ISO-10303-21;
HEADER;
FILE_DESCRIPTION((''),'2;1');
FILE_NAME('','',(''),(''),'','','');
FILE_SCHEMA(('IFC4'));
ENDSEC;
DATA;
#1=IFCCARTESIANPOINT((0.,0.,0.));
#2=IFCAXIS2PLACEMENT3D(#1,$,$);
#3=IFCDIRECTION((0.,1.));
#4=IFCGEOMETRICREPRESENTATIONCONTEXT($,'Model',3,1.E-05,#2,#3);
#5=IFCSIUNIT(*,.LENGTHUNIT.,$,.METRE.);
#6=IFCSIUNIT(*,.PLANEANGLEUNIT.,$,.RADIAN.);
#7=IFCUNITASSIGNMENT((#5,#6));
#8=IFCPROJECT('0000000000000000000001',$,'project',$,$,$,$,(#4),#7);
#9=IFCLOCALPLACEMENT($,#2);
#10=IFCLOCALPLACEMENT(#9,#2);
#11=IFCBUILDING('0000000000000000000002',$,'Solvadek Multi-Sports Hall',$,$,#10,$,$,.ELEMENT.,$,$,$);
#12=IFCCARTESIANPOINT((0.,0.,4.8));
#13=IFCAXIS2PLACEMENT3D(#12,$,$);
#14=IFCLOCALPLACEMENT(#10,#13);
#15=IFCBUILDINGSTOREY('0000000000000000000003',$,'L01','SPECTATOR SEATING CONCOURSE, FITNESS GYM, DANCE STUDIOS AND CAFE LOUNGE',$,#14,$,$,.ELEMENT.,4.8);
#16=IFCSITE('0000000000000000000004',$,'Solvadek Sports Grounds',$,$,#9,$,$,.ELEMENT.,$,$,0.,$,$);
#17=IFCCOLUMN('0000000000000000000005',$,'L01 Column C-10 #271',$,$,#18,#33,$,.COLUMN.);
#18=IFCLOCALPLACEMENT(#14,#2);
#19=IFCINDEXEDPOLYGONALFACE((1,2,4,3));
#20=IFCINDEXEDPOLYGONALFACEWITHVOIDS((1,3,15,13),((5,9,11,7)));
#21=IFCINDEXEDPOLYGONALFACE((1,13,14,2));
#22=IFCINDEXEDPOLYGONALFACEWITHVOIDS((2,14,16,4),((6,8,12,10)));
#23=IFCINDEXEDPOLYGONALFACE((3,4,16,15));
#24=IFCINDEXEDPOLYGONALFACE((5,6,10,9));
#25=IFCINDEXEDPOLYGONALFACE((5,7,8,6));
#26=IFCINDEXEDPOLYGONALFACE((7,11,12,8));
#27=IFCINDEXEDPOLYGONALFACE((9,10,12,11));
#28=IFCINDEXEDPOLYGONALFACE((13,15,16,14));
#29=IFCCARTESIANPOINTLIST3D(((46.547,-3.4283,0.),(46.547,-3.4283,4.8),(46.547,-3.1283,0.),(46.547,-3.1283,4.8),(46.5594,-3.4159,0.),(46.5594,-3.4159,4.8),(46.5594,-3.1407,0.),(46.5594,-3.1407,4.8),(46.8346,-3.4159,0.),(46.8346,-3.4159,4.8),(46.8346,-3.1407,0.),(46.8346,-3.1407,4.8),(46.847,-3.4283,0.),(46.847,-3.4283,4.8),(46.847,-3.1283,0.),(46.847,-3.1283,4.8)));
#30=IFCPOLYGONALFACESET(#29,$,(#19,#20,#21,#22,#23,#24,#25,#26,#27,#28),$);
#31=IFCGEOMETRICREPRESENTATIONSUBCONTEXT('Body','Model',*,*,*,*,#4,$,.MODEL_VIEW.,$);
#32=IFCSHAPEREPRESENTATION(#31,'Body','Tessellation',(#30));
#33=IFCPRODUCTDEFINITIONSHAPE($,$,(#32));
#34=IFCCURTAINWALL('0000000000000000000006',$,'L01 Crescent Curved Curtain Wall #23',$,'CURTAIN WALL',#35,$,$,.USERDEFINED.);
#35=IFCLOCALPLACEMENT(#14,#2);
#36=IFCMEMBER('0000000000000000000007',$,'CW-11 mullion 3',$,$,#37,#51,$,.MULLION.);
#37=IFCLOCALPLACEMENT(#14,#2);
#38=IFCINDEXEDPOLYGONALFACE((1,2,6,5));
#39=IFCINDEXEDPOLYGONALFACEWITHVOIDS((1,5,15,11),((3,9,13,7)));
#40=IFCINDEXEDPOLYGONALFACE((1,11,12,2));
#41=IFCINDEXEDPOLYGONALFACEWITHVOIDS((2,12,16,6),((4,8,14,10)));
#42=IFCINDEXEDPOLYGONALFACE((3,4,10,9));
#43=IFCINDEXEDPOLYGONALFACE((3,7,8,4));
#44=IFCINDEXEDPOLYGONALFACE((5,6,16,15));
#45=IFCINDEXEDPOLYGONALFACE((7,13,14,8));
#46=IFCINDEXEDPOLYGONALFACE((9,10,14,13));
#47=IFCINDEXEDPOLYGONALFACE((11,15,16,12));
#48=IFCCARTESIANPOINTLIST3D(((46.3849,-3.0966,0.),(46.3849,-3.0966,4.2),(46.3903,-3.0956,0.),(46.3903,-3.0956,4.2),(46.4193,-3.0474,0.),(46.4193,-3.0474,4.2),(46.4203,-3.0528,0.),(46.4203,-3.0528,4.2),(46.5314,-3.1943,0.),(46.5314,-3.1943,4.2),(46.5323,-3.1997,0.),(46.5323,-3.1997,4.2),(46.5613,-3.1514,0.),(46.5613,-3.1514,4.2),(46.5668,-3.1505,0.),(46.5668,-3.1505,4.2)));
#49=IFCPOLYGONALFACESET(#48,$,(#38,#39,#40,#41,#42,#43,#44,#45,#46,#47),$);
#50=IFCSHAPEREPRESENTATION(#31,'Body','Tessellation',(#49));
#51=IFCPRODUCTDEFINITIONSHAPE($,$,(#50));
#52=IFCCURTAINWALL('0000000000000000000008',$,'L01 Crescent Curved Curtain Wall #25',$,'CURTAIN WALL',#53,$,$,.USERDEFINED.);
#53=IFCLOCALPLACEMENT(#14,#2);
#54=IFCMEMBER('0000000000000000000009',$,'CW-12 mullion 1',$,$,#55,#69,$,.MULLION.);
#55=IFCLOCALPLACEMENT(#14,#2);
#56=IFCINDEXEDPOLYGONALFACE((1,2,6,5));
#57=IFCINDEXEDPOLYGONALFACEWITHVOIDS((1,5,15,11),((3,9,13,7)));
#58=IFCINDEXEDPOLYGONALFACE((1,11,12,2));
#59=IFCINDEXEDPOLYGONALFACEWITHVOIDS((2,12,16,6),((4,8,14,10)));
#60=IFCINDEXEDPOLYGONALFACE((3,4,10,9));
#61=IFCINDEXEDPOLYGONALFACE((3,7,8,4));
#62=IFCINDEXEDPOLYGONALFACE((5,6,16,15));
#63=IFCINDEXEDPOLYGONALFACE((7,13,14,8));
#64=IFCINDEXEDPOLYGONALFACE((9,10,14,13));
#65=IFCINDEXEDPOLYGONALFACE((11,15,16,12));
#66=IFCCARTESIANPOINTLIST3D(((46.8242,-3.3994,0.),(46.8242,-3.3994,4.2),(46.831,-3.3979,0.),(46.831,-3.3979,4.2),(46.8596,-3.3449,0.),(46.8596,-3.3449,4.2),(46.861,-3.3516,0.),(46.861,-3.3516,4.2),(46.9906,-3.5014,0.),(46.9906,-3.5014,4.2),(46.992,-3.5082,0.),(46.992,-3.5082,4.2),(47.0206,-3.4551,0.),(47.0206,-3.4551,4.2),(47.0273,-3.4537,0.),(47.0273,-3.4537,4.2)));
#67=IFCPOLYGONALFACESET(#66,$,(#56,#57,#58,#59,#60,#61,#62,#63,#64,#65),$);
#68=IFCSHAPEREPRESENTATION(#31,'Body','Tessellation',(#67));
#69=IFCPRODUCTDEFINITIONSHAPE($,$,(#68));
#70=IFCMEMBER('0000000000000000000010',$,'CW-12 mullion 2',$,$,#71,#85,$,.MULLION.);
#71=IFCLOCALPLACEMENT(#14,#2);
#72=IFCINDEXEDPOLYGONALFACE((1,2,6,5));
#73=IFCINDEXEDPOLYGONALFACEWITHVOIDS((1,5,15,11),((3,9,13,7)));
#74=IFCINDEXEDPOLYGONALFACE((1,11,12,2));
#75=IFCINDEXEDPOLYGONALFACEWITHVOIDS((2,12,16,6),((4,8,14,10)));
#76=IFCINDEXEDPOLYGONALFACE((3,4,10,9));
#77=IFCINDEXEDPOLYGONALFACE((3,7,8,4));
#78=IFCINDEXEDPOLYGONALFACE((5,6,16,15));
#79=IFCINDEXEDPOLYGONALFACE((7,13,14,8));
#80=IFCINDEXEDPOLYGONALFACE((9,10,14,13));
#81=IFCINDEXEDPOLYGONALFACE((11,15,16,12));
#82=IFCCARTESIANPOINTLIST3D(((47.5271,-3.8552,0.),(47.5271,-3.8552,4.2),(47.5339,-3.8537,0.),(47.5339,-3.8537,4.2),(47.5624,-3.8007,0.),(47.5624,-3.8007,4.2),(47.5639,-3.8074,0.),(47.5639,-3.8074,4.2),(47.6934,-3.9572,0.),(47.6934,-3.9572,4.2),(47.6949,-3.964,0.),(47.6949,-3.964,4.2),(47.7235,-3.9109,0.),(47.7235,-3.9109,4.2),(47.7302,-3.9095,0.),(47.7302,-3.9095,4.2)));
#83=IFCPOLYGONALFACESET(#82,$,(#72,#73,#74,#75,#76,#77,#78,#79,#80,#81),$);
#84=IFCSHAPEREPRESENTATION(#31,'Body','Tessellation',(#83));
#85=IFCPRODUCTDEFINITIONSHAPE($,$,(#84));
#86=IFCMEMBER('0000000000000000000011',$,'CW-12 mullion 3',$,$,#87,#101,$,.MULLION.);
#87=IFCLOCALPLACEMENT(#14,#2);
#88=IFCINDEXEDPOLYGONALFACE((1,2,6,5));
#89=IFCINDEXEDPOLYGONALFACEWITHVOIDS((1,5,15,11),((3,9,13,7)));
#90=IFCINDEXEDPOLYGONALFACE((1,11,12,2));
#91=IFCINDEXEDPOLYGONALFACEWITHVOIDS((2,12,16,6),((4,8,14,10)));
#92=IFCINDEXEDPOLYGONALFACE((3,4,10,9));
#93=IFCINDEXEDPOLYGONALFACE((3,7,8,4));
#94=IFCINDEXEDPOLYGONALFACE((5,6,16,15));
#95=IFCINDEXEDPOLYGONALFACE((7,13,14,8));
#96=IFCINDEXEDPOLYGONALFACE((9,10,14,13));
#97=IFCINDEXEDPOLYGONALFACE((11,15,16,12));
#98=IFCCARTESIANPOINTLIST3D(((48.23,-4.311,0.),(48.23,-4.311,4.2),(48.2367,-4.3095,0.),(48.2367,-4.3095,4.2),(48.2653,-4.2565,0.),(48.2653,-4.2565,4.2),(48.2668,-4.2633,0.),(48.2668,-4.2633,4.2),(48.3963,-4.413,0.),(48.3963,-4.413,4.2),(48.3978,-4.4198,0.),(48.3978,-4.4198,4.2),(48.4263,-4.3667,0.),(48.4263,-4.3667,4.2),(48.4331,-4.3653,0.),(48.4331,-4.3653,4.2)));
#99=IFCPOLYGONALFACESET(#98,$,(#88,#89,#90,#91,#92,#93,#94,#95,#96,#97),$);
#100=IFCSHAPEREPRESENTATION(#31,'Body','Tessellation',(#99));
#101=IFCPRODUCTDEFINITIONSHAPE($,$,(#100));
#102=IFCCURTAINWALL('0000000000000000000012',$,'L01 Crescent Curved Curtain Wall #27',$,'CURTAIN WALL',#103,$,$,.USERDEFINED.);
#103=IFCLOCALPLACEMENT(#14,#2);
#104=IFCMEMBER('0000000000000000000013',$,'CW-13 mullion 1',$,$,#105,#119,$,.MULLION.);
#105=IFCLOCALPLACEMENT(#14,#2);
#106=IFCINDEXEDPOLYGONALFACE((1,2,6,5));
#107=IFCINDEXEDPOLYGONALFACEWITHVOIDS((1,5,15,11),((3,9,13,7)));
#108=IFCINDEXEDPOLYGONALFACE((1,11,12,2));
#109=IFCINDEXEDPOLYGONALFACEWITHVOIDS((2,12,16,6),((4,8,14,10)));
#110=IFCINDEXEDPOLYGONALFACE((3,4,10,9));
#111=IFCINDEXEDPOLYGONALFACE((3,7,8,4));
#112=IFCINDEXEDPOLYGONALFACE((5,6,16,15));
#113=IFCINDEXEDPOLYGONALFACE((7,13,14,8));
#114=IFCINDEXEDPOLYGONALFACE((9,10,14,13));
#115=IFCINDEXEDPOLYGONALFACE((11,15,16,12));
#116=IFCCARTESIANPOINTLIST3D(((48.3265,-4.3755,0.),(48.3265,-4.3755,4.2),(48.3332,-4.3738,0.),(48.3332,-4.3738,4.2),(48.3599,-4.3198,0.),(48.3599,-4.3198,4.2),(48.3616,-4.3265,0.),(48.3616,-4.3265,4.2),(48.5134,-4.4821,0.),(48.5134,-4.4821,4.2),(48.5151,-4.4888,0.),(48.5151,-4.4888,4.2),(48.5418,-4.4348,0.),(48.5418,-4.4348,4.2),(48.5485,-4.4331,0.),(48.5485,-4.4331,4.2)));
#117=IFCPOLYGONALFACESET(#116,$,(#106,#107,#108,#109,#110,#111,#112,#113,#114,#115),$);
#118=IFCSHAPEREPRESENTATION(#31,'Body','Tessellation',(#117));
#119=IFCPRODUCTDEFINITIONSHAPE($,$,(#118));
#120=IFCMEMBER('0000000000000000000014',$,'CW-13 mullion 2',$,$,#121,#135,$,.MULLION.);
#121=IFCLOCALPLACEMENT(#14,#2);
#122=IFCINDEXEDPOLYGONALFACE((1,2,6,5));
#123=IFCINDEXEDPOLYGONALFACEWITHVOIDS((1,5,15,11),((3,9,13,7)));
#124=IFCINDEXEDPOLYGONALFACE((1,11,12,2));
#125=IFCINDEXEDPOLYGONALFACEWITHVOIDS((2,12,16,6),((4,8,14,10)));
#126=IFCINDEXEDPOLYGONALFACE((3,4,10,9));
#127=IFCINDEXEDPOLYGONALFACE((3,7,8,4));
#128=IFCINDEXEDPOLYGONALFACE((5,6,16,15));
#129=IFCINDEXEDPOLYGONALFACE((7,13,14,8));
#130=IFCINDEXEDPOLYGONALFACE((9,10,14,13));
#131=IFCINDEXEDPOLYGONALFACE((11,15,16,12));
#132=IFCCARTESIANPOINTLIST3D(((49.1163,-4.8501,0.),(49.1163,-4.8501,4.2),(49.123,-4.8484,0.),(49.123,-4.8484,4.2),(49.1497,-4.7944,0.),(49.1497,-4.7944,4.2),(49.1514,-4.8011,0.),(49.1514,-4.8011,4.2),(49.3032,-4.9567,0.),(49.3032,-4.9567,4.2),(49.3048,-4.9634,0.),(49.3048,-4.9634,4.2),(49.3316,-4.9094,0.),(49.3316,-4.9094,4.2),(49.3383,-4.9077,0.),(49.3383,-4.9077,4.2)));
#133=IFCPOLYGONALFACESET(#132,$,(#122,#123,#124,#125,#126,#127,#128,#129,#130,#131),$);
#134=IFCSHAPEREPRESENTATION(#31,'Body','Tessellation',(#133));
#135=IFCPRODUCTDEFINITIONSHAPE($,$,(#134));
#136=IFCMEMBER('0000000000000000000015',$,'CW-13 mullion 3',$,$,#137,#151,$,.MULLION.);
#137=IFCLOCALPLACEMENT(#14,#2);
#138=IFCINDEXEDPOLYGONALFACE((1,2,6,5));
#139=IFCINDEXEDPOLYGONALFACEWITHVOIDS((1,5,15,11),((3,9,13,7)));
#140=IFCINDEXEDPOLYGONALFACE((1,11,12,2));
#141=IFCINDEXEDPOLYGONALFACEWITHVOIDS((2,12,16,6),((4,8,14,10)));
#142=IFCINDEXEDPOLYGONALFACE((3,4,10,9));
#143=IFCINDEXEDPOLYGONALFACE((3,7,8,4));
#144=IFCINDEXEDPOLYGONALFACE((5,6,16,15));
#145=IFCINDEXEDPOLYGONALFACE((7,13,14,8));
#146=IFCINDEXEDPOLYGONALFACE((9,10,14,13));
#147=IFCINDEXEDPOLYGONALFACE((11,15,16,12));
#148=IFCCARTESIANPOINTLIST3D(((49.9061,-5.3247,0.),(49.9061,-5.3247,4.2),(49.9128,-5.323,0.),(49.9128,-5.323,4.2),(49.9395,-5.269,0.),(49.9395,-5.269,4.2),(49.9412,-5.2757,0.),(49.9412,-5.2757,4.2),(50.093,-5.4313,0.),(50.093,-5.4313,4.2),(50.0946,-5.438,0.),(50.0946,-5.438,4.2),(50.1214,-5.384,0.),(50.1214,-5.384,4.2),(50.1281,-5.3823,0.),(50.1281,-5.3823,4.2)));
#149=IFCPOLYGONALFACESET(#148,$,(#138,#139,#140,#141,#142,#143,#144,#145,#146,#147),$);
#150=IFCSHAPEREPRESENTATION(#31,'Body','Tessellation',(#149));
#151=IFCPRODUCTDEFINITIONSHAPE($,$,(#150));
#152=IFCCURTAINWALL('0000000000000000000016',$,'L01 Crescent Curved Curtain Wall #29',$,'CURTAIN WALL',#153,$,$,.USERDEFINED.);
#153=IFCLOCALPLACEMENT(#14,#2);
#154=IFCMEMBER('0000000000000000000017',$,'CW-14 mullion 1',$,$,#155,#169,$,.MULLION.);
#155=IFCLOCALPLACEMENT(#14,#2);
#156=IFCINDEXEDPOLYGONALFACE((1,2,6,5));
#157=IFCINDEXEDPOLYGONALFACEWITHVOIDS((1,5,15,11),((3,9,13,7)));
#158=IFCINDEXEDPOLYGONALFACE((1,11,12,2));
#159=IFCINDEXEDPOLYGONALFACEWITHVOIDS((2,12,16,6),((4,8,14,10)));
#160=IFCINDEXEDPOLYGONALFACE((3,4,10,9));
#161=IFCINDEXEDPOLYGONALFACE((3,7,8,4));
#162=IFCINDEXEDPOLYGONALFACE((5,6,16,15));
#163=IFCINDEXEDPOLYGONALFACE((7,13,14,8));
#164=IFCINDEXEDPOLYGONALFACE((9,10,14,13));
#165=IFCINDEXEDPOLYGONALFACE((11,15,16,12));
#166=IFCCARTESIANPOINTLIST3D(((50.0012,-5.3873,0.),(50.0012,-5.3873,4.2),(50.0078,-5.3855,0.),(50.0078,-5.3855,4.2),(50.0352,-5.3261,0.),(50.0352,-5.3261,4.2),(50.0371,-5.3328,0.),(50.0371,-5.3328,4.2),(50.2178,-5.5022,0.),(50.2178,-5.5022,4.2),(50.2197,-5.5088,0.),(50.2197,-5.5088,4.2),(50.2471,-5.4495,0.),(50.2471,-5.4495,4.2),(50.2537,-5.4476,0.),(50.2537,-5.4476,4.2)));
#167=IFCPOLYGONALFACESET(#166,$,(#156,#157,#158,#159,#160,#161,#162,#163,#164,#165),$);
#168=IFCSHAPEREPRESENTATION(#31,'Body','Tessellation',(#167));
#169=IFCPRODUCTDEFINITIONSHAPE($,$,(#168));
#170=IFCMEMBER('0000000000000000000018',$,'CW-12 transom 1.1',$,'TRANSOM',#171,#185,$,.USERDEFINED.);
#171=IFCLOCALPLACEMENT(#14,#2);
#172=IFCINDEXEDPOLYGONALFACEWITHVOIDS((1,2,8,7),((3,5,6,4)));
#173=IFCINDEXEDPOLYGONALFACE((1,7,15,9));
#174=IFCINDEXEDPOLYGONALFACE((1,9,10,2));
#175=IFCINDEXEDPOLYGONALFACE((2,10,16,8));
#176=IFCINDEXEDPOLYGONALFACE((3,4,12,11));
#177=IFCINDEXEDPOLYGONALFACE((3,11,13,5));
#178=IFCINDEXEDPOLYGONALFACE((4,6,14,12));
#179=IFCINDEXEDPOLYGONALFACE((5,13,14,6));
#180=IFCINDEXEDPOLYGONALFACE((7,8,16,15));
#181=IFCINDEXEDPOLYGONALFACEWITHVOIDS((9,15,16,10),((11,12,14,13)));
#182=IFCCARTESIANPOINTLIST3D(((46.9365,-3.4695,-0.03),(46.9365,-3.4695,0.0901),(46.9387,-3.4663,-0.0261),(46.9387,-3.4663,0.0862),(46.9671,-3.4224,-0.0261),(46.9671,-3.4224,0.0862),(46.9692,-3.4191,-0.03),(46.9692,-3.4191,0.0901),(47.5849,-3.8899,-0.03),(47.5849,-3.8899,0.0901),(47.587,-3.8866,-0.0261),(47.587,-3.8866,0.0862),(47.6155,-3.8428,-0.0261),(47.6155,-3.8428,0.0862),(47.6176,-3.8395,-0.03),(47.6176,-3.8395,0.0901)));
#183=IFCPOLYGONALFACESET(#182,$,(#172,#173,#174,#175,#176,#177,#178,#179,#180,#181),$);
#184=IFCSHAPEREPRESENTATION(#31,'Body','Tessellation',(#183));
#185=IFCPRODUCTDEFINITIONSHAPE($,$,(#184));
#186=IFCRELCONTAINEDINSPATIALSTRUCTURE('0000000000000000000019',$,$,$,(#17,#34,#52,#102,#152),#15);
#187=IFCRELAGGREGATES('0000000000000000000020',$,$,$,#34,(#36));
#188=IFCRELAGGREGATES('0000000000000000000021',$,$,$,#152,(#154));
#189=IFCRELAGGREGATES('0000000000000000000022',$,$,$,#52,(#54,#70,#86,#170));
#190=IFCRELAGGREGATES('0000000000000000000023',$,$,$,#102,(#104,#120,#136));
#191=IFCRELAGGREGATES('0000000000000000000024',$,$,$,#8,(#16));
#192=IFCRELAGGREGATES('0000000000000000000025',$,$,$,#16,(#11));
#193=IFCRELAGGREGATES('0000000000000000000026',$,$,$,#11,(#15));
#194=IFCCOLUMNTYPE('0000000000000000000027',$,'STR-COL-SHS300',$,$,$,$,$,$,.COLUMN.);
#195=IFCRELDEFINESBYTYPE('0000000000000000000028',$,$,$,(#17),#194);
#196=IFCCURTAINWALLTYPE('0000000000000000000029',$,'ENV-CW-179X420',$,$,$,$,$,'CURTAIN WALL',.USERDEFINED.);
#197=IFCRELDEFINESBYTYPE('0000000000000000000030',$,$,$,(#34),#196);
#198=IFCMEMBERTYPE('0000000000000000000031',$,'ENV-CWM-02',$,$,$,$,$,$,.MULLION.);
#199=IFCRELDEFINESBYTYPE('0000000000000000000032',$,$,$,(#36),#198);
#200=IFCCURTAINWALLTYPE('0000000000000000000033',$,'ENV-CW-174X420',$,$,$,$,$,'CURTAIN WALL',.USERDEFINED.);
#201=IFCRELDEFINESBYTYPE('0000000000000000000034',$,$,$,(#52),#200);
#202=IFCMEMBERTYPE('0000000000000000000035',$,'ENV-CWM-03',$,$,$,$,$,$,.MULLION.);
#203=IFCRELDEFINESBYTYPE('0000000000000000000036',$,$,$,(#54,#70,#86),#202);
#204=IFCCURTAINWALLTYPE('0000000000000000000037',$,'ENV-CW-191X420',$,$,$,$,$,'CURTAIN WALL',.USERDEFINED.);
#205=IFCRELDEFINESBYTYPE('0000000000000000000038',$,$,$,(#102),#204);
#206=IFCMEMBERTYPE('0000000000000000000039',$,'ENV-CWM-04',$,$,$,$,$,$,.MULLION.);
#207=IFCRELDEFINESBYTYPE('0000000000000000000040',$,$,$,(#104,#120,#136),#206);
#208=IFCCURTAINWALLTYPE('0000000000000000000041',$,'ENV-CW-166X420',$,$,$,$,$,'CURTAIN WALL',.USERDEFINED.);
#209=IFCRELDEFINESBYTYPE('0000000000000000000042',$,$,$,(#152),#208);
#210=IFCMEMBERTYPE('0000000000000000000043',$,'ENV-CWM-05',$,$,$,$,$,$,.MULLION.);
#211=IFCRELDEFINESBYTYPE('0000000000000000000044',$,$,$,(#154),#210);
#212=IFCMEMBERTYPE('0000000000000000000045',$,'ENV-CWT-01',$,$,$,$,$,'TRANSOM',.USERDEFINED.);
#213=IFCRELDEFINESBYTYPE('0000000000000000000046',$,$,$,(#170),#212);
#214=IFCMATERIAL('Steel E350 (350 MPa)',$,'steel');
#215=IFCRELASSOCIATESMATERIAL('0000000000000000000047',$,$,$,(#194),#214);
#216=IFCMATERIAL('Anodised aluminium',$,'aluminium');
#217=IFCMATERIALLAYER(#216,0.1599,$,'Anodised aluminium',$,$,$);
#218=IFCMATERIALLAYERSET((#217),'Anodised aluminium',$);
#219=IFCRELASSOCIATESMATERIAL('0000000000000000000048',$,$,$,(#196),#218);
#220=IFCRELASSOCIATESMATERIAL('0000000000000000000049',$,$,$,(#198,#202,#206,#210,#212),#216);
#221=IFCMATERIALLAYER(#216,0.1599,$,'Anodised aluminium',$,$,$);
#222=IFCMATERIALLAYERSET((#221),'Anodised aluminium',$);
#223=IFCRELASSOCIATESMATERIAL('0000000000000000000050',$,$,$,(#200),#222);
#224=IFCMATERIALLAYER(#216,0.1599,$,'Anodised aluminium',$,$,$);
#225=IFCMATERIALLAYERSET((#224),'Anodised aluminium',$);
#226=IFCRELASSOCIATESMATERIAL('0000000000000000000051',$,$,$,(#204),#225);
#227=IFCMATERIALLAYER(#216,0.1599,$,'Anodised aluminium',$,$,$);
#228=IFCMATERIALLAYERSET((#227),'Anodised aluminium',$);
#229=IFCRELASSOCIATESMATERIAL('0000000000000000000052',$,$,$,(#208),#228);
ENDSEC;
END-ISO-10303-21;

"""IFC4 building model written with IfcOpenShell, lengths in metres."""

from ifc_helpers import new_model, si_unit, direction, frame, origin, origin_2d, place, context, subcontext, project, spatial, hollow_rectangle, extrude, material, layer, layer_set, material_profile, profile_set, type_object, element, aggregate, save


model = new_model("IFC4")

# Units and contexts
model_context = context("Model", 3, precision=1e-05, world=origin(), true_north=direction((0.0, 1.0)))
body_context = subcontext(model_context, "Body", "Model", "MODEL_VIEW")
ifc_project = project(units=[si_unit("LENGTHUNIT", "METRE"), si_unit("PLANEANGLEUNIT", "RADIAN")], contexts=[model_context])

# Site, building, storey
site_placement = place(None, origin())
site = spatial("IfcSite", under=ifc_project, at=site_placement, Name="Solvadek Sports Grounds", CompositionType="ELEMENT", RefElevation=0.0)
building_placement = place(site_placement, origin())
building = spatial("IfcBuilding", under=site, at=building_placement, Name="Solvadek Multi-Sports Hall", CompositionType="ELEMENT")
storey_placement = place(building_placement, frame((0.0, 0.0, 4.8)))
storey = spatial("IfcBuildingStorey", under=building, at=storey_placement, Name="L01", Description="SPECTATOR SEATING CONCOURSE, FITNESS GYM, DANCE STUDIOS AND CAFE LOUNGE", CompositionType="ELEMENT", Elevation=4.8)

# Column
ifc_material_1 = material(Name="Steel E350 (350 MPa)", Category="steel")
ifc_material_profile_1 = material_profile(ifc_material_1, hollow_rectangle(XDim=0.3, YDim=0.3, WallThickness=0.0125, at=origin_2d()), Name="SHS 300x300x12.5")
ifc_profile_set_1 = profile_set([ifc_material_profile_1], Name="Steel E350 (350 MPa)")
column_type = type_object("IfcColumnType", Name="STR-COL-SHS300", PredefinedType="COLUMN", material=ifc_profile_set_1)
column_placement = place(storey_placement, frame((46.697, -3.2783, 0.0), z_axis=(0.0, 0.0, 1.0), x_axis=(1.0, 0.0, 0.0)))
element("IfcColumn", 1, at=column_placement, inside=storey, type_object=column_type, Name="L01 Column C-10 #271", PredefinedType="COLUMN", context=body_context, shape_type="SweptSolid", body=[
    extrude(hollow_rectangle(XDim=0.3, YDim=0.3, WallThickness=0.0125, at=origin_2d()), origin(), (0.0, 0.0, 1.0), 4.8),
])

# Curtain wall, member
ifc_material_2 = material(Name="Anodised aluminium", Category="aluminium")
ifc_layer_1 = layer(ifc_material_2, 0.1599, Name="Anodised aluminium")
ifc_layer_set_1 = layer_set([ifc_layer_1], Name="Anodised aluminium")
curtain_wall_type_1 = type_object("IfcCurtainWallType", Name="ENV-CW-179X420", ElementType="CURTAIN WALL", PredefinedType="USERDEFINED", material=ifc_layer_set_1)
curtain_wall_1_placement = place(storey_placement, origin())
curtain_wall_1 = element("IfcCurtainWall", 2, at=curtain_wall_1_placement, inside=storey, type_object=curtain_wall_type_1, Name="L01 Crescent Curved Curtain Wall #23", ObjectType="CURTAIN WALL", PredefinedType="USERDEFINED")
ifc_material_profile_2 = material_profile(ifc_material_2, hollow_rectangle(XDim=0.0601, YDim=0.1799, WallThickness=0.0039, at=origin_2d()), Name="ALU-M 180x60x4")
ifc_profile_set_2 = profile_set([ifc_material_profile_2], Name="Anodised aluminium")
member_type_1 = type_object("IfcMemberType", Name="ENV-CWM-02", PredefinedType="MULLION", material=ifc_profile_set_2)
member_1_placement = place(storey_placement, frame((46.4758, -3.1235, 0.0), z_axis=(0.0, 0.0, 1.0), x_axis=(0.57308, 0.8195, 0.0)))
member_1 = element("IfcMember", 3, at=member_1_placement, type_object=member_type_1, Name="CW-11 mullion 3", PredefinedType="MULLION", context=body_context, shape_type="SweptSolid", body=[
    extrude(hollow_rectangle(XDim=0.0601, YDim=0.1799, WallThickness=0.0039, at=origin_2d()), origin(), (0.0, 0.0, 1.0), 4.2),
])
aggregate(curtain_wall_1, [member_1])

# Curtain walls, members
ifc_layer_2 = layer(ifc_material_2, 0.1599, Name="Anodised aluminium")
ifc_layer_set_2 = layer_set([ifc_layer_2], Name="Anodised aluminium")
curtain_wall_type_2 = type_object("IfcCurtainWallType", Name="ENV-CW-174X420", ElementType="CURTAIN WALL", PredefinedType="USERDEFINED", material=ifc_layer_set_2)
curtain_wall_2_placement = place(storey_placement, origin())
curtain_wall_2 = element("IfcCurtainWall", 4, at=curtain_wall_2_placement, inside=storey, type_object=curtain_wall_type_2, Name="L01 Crescent Curved Curtain Wall #25", ObjectType="CURTAIN WALL", PredefinedType="USERDEFINED")
ifc_material_profile_3 = material_profile(ifc_material_2, hollow_rectangle(XDim=0.0649, YDim=0.2, WallThickness=0.0049, at=origin_2d()), Name="ALU-M 200x65x5")
ifc_profile_set_3 = profile_set([ifc_material_profile_3], Name="Anodised aluminium")
member_type_2 = type_object("IfcMemberType", Name="ENV-CWM-03", PredefinedType="MULLION", material=ifc_profile_set_3)
member_2_placement = place(storey_placement, frame((46.9258, -3.4265, 0.0), z_axis=(0.0, 0.0, 1.0), x_axis=(0.544061, 0.839046, 0.0)))
member_2 = element("IfcMember", 5, at=member_2_placement, type_object=member_type_2, Name="CW-12 mullion 1", PredefinedType="MULLION", context=body_context, shape_type="SweptSolid", body=[
    extrude(hollow_rectangle(XDim=0.0649, YDim=0.2, WallThickness=0.0049, at=origin_2d()), origin(), (0.0, 0.0, 1.0), 4.2),
])
member_3_placement = place(storey_placement, frame((47.6287, -3.8823, 0.0), z_axis=(0.0, 0.0, 1.0), x_axis=(0.544061, 0.839046, 0.0)))
member_3 = element("IfcMember", 6, at=member_3_placement, type_object=member_type_2, Name="CW-12 mullion 2", PredefinedType="MULLION", context=body_context, shape_type="SweptSolid", body=[
    extrude(hollow_rectangle(XDim=0.0649, YDim=0.2, WallThickness=0.0049, at=origin_2d()), origin(), (0.0, 0.0, 1.0), 4.2),
])
member_4_placement = place(storey_placement, frame((48.3315, -4.3381, 0.0), z_axis=(0.0, 0.0, 1.0), x_axis=(0.544061, 0.839046, 0.0)))
member_4 = element("IfcMember", 7, at=member_4_placement, type_object=member_type_2, Name="CW-12 mullion 3", PredefinedType="MULLION", context=body_context, shape_type="SweptSolid", body=[
    extrude(hollow_rectangle(XDim=0.0649, YDim=0.2, WallThickness=0.0049, at=origin_2d()), origin(), (0.0, 0.0, 1.0), 4.2),
])
ifc_layer_3 = layer(ifc_material_2, 0.1599, Name="Anodised aluminium")
ifc_layer_set_3 = layer_set([ifc_layer_3], Name="Anodised aluminium")
curtain_wall_type_3 = type_object("IfcCurtainWallType", Name="ENV-CW-191X420", ElementType="CURTAIN WALL", PredefinedType="USERDEFINED", material=ifc_layer_set_3)
curtain_wall_3_placement = place(storey_placement, origin())
curtain_wall_3 = element("IfcCurtainWall", 8, at=curtain_wall_3_placement, inside=storey, type_object=curtain_wall_type_3, Name="L01 Crescent Curved Curtain Wall #27", ObjectType="CURTAIN WALL", PredefinedType="USERDEFINED")
ifc_material_profile_4 = material_profile(ifc_material_2, hollow_rectangle(XDim=0.0649, YDim=0.22, WallThickness=0.0049, at=origin_2d()), Name="ALU-M 220x65x5")
ifc_profile_set_4 = profile_set([ifc_material_profile_4], Name="Anodised aluminium")
member_type_3 = type_object("IfcMemberType", Name="ENV-CWM-04", PredefinedType="MULLION", material=ifc_profile_set_4)
member_5_placement = place(storey_placement, frame((48.4375, -4.4043, 0.0), z_axis=(0.0, 0.0, 1.0), x_axis=(0.515058, 0.857155, 0.0)))
member_5 = element("IfcMember", 9, at=member_5_placement, type_object=member_type_3, Name="CW-13 mullion 1", PredefinedType="MULLION", context=body_context, shape_type="SweptSolid", body=[
    extrude(hollow_rectangle(XDim=0.0649, YDim=0.22, WallThickness=0.0049, at=origin_2d()), origin(), (0.0, 0.0, 1.0), 4.2),
])
member_6_placement = place(storey_placement, frame((49.2273, -4.8789, 0.0), z_axis=(0.0, 0.0, 1.0), x_axis=(0.515058, 0.857155, 0.0)))
member_6 = element("IfcMember", 10, at=member_6_placement, type_object=member_type_3, Name="CW-13 mullion 2", PredefinedType="MULLION", context=body_context, shape_type="SweptSolid", body=[
    extrude(hollow_rectangle(XDim=0.0649, YDim=0.22, WallThickness=0.0049, at=origin_2d()), origin(), (0.0, 0.0, 1.0), 4.2),
])
member_7_placement = place(storey_placement, frame((50.0171, -5.3535, 0.0), z_axis=(0.0, 0.0, 1.0), x_axis=(0.515058, 0.857155, 0.0)))
member_7 = element("IfcMember", 11, at=member_7_placement, type_object=member_type_3, Name="CW-13 mullion 3", PredefinedType="MULLION", context=body_context, shape_type="SweptSolid", body=[
    extrude(hollow_rectangle(XDim=0.0649, YDim=0.22, WallThickness=0.0049, at=origin_2d()), origin(), (0.0, 0.0, 1.0), 4.2),
])

# Curtain wall, member
ifc_layer_4 = layer(ifc_material_2, 0.1599, Name="Anodised aluminium")
ifc_layer_set_4 = layer_set([ifc_layer_4], Name="Anodised aluminium")
curtain_wall_type_4 = type_object("IfcCurtainWallType", Name="ENV-CW-166X420", ElementType="CURTAIN WALL", PredefinedType="USERDEFINED", material=ifc_layer_set_4)
curtain_wall_4_placement = place(storey_placement, origin())
curtain_wall_4 = element("IfcCurtainWall", 12, at=curtain_wall_4_placement, inside=storey, type_object=curtain_wall_type_4, Name="L01 Crescent Curved Curtain Wall #29", ObjectType="CURTAIN WALL", PredefinedType="USERDEFINED")
ifc_material_profile_5 = material_profile(ifc_material_2, hollow_rectangle(XDim=0.0701, YDim=0.25, WallThickness=0.0049, at=origin_2d()), Name="ALU-M 250x70x5")
ifc_profile_set_5 = profile_set([ifc_material_profile_5], Name="Anodised aluminium")
member_type_4 = type_object("IfcMemberType", Name="ENV-CWM-05", PredefinedType="MULLION", material=ifc_profile_set_5)
member_8_placement = place(storey_placement, frame((50.1274, -5.4175, 0.0), z_axis=(0.0, 0.0, 1.0), x_axis=(0.486006, 0.873955, 0.0)))
member_8 = element("IfcMember", 13, at=member_8_placement, type_object=member_type_4, Name="CW-14 mullion 1", PredefinedType="MULLION", context=body_context, shape_type="SweptSolid", body=[
    extrude(hollow_rectangle(XDim=0.0701, YDim=0.25, WallThickness=0.0049, at=origin_2d()), origin(), (0.0, 0.0, 1.0), 4.2),
])
aggregate(curtain_wall_4, [member_8])

# Member
ifc_material_profile_6 = material_profile(ifc_material_2, hollow_rectangle(XDim=0.0601, YDim=0.1201, WallThickness=0.0039, at=origin_2d()), Name="ALU-T 120x60x4")
ifc_profile_set_6 = profile_set([ifc_material_profile_6], Name="Anodised aluminium")
member_type_5 = type_object("IfcMemberType", Name="ENV-CWT-01", ElementType="TRANSOM", PredefinedType="USERDEFINED", material=ifc_profile_set_6)
member_9_placement = place(storey_placement, frame((46.9529, -3.4443, 0.03), z_axis=(0.839078, -0.544011, 0.0), x_axis=(0.544011, 0.839078, 0.0)))
member_9 = element("IfcMember", 14, at=member_9_placement, type_object=member_type_5, Name="CW-12 transom 1.1", ObjectType="TRANSOM", PredefinedType="USERDEFINED", context=body_context, shape_type="SweptSolid", body=[
    extrude(hollow_rectangle(XDim=0.0601, YDim=0.1201, WallThickness=0.0039, at=origin_2d()), origin(), (0.0, 0.0, 1.0), 0.7727),
])

aggregate(curtain_wall_2, [member_2, member_3, member_4, member_9])
aggregate(curtain_wall_3, [member_5, member_6, member_7])

save(model, "model.ifc")
